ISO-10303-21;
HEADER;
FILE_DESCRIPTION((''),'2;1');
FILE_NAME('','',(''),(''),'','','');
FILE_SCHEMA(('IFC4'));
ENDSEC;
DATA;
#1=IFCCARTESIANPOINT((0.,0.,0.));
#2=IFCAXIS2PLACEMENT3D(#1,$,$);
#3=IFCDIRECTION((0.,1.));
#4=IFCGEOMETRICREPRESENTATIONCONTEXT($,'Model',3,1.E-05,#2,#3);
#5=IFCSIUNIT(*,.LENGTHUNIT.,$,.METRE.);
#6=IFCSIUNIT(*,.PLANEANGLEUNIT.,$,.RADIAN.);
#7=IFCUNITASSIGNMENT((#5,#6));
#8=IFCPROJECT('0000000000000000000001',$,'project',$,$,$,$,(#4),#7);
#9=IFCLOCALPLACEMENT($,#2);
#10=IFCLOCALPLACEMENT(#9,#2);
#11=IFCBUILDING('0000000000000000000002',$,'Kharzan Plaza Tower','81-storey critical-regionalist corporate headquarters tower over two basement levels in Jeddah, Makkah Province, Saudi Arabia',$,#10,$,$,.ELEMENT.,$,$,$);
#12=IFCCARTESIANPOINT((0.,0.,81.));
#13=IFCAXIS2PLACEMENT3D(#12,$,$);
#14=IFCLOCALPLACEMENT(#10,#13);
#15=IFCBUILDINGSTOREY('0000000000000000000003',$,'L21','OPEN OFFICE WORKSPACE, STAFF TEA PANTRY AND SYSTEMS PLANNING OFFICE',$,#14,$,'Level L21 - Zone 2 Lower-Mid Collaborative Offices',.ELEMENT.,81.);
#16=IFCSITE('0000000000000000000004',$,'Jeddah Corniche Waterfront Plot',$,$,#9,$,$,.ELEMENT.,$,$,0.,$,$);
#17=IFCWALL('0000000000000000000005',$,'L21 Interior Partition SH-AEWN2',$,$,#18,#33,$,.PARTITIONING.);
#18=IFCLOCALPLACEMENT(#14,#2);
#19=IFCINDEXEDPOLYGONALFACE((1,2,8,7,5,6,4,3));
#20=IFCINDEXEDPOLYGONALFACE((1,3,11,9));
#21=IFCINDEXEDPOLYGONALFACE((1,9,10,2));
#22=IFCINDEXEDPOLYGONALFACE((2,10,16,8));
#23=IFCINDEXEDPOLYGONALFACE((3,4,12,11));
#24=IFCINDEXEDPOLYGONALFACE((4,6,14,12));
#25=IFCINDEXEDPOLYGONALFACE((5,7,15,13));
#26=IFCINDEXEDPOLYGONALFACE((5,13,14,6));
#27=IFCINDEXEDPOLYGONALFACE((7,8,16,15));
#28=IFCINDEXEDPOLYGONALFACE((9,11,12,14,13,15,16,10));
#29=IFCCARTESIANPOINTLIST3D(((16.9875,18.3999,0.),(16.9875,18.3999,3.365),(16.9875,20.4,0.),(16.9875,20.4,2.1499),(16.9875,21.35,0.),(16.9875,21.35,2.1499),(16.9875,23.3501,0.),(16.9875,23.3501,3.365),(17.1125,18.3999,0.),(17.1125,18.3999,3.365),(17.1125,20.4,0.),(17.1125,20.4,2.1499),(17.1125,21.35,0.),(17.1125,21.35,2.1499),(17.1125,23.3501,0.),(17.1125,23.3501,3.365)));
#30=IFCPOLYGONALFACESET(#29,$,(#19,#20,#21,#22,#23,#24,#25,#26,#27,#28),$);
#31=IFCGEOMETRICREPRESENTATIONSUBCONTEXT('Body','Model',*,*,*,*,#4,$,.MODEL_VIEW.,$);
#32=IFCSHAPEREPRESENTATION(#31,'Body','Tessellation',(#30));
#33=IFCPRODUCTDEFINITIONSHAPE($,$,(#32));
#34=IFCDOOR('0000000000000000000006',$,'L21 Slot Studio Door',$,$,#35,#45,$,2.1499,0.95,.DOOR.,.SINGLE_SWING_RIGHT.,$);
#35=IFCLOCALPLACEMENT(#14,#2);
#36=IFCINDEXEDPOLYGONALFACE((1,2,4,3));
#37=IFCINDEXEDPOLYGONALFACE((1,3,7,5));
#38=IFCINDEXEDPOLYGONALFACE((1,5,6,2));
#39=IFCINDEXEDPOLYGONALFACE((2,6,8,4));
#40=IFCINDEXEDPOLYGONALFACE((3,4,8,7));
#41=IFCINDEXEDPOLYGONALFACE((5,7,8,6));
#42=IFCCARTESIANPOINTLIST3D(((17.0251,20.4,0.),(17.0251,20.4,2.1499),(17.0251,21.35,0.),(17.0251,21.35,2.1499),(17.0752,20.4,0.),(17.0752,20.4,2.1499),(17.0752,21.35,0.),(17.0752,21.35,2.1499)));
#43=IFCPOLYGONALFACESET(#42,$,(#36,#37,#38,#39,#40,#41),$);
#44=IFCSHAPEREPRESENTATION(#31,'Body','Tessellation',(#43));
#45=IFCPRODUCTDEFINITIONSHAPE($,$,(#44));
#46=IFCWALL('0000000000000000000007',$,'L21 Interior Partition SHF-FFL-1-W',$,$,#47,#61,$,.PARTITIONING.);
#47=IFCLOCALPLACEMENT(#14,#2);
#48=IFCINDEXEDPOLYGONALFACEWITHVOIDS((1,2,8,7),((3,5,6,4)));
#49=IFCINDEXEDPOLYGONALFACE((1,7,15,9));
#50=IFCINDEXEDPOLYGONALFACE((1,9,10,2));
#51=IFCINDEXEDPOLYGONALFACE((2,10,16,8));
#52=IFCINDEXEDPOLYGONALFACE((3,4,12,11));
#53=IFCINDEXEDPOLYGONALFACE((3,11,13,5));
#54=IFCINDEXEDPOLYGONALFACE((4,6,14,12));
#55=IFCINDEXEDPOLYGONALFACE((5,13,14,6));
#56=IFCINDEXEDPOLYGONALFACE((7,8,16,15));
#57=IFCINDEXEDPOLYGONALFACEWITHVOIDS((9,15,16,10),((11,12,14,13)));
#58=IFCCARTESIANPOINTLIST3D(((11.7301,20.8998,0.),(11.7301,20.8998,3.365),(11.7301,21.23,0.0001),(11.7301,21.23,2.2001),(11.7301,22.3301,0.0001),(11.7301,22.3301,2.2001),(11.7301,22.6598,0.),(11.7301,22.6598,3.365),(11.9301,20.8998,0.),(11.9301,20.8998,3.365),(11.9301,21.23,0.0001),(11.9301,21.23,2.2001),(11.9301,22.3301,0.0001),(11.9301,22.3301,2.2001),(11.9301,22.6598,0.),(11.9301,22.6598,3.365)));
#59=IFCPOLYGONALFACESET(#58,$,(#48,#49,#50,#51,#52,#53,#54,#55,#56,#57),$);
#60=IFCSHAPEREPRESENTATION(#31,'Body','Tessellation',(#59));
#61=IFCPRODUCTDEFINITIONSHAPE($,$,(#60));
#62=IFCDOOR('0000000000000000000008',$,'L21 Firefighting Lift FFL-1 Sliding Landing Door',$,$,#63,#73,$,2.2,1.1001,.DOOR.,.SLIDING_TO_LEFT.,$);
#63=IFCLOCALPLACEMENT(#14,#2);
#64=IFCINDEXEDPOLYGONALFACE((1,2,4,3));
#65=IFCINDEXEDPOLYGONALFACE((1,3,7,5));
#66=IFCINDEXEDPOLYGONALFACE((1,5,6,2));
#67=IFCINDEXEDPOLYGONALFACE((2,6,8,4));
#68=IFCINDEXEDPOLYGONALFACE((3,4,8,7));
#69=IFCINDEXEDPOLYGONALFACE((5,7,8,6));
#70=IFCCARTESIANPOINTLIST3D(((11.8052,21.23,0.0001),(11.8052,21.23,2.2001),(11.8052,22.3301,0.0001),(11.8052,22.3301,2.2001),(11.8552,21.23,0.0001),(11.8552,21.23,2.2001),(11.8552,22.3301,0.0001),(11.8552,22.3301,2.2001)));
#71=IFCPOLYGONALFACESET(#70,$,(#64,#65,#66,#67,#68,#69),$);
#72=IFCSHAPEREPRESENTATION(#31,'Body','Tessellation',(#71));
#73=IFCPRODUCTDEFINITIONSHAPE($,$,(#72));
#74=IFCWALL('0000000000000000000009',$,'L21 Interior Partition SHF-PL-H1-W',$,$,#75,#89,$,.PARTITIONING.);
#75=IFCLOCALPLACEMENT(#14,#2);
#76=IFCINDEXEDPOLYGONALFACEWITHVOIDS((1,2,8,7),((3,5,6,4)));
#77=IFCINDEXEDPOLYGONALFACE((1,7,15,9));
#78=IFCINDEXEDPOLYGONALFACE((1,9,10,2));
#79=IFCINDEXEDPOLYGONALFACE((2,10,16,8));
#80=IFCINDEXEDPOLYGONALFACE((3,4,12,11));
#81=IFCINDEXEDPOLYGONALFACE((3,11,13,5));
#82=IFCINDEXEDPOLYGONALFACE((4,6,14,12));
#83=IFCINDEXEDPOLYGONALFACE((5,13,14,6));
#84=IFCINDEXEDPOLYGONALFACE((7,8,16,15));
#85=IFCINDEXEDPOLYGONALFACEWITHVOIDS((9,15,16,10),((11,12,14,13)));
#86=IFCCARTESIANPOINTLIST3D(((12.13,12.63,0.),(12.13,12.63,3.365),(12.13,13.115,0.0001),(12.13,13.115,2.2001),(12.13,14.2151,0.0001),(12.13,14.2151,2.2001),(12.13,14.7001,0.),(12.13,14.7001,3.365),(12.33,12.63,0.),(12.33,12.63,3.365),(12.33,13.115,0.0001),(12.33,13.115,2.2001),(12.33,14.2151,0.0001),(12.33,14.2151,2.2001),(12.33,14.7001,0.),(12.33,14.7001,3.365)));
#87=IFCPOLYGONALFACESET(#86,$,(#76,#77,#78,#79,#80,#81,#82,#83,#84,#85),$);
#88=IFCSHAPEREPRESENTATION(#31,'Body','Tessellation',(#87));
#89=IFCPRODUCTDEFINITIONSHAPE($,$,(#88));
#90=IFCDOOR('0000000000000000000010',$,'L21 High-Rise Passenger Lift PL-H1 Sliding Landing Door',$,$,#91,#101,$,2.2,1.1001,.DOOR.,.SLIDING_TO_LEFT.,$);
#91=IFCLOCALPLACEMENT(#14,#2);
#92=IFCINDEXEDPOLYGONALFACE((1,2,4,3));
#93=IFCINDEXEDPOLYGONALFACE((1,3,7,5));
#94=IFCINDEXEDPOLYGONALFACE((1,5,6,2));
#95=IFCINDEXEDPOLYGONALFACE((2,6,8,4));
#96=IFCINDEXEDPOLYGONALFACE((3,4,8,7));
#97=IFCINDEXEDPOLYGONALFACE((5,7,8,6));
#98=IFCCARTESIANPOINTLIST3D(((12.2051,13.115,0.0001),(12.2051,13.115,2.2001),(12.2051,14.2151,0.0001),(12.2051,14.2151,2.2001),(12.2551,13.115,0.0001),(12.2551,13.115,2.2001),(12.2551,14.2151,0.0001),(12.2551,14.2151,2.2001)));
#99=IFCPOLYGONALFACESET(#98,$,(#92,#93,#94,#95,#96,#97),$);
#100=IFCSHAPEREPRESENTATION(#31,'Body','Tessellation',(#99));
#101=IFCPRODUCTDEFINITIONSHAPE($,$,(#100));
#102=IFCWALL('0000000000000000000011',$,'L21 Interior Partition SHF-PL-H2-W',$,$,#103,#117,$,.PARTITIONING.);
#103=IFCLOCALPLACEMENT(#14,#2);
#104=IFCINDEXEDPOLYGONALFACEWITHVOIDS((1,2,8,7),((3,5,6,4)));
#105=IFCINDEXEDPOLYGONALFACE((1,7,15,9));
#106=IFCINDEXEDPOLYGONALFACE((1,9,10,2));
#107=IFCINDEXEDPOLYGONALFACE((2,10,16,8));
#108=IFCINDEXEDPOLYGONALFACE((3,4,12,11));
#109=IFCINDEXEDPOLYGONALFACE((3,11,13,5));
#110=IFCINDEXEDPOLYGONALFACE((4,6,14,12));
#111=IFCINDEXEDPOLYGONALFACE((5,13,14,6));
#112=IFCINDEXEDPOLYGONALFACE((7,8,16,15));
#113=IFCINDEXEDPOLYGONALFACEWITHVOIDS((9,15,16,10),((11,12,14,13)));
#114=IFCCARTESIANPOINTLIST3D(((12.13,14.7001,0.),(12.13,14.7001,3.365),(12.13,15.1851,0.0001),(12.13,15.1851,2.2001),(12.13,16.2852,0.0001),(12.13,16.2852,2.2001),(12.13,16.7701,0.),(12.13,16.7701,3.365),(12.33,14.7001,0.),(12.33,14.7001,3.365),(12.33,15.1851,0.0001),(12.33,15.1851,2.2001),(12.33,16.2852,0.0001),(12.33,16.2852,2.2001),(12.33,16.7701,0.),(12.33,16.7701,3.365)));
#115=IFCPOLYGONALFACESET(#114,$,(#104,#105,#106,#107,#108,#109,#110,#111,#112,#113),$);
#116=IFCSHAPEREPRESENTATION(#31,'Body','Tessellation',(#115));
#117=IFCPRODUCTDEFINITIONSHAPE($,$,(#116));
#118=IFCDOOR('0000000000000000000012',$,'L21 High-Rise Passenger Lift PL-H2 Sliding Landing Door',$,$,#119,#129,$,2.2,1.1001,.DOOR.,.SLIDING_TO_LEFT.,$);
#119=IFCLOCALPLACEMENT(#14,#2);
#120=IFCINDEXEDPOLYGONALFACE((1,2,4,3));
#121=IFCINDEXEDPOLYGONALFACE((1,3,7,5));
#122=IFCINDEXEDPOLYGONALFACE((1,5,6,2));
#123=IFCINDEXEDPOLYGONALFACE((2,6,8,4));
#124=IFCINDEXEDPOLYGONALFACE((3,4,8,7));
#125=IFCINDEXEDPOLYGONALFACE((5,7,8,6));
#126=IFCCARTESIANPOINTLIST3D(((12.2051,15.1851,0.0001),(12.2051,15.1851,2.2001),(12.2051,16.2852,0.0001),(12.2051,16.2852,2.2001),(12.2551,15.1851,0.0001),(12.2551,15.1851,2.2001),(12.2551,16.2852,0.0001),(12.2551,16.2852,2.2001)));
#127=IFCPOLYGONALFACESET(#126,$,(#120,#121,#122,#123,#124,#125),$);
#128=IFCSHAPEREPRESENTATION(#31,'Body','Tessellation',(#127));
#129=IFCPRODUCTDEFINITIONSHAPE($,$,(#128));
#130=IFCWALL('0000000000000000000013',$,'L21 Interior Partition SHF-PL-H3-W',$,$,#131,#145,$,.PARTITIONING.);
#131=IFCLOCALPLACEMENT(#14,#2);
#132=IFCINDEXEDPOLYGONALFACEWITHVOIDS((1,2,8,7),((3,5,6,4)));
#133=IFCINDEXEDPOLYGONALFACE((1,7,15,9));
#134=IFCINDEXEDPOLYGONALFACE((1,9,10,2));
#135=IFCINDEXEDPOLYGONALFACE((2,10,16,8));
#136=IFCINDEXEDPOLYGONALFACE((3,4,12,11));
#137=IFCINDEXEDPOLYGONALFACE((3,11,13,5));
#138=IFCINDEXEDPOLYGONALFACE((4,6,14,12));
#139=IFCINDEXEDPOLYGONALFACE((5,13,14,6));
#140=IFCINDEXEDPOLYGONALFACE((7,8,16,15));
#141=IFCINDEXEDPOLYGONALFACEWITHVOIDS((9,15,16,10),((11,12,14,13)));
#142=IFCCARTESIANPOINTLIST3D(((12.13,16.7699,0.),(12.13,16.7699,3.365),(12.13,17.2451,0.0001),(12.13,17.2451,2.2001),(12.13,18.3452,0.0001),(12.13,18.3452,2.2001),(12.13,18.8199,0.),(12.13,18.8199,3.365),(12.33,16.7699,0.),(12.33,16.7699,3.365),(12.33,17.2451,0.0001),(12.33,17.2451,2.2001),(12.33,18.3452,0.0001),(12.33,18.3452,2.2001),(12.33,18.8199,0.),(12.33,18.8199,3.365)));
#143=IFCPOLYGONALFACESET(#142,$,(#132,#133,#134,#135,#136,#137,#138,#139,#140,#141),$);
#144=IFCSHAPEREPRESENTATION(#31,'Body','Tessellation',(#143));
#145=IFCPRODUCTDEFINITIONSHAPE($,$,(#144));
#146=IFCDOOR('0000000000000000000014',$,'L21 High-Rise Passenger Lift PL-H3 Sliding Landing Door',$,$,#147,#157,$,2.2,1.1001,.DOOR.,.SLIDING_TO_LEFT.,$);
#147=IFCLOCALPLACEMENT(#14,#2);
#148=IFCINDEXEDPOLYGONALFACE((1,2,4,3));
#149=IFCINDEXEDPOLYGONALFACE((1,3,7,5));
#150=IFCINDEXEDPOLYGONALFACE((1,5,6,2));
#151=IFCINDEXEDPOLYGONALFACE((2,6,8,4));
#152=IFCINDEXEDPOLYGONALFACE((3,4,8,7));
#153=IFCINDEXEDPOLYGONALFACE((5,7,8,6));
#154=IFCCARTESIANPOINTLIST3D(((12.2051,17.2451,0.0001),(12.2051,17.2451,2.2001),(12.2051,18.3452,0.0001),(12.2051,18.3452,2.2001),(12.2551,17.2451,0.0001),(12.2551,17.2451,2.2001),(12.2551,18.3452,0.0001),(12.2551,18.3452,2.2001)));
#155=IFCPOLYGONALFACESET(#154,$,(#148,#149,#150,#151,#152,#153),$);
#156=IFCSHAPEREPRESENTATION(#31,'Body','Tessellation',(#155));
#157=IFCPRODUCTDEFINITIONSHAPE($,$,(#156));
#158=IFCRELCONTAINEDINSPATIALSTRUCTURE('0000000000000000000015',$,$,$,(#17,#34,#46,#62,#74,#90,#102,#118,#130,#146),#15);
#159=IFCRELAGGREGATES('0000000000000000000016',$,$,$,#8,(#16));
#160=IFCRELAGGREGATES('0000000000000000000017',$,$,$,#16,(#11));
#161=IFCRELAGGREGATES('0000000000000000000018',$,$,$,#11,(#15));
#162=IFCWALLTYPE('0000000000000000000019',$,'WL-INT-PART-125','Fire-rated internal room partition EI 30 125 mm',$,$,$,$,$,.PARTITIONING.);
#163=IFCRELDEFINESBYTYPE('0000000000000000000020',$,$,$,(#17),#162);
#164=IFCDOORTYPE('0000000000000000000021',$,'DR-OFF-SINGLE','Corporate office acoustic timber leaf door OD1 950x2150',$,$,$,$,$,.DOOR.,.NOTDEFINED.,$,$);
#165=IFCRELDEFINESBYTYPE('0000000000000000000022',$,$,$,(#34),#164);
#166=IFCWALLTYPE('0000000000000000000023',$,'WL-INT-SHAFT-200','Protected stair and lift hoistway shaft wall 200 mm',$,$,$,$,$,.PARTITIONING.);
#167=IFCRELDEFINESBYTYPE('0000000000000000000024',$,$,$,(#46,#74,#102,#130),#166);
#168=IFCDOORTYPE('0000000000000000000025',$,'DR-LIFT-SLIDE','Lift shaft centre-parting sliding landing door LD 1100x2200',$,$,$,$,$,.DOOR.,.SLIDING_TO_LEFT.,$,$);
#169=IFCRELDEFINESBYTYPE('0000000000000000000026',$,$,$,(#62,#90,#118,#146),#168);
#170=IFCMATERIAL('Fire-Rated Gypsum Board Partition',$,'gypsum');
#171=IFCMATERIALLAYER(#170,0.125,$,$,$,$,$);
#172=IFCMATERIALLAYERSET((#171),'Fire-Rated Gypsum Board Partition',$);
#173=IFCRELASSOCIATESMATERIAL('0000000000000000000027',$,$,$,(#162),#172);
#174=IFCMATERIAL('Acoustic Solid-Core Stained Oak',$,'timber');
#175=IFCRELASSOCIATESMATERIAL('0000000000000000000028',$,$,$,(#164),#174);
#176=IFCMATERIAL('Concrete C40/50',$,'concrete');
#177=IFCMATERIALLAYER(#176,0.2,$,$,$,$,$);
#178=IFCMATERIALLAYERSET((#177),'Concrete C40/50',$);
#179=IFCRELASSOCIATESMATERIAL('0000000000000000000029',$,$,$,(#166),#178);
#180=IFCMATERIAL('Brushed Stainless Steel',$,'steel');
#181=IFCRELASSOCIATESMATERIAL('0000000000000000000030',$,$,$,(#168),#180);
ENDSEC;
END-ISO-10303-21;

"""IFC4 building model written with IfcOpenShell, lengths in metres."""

from ifc_helpers import new_model, si_unit, direction, frame, frame_2d, origin, place, context, subcontext, project, spatial, rectangle, extrude, source, transform, mapped, material, layer, layer_set, type_object, element, fill, save


model = new_model("IFC4")

# Units and contexts
model_context = context("Model", 3, precision=1e-05, world=origin(), true_north=direction((0.0, 1.0)))
body_context = subcontext(model_context, "Body", "Model", "MODEL_VIEW")
ifc_project = project(units=[si_unit("LENGTHUNIT", "METRE"), si_unit("PLANEANGLEUNIT", "RADIAN")], contexts=[model_context])

# Site, building, storey
site_placement = place(None, origin())
site = spatial("IfcSite", under=ifc_project, at=site_placement, Name="Jeddah Corniche Waterfront Plot", CompositionType="ELEMENT", RefElevation=0.0)
building_placement = place(site_placement, origin())
building = spatial("IfcBuilding", under=site, at=building_placement, Name="Kharzan Plaza Tower", Description="81-storey critical-regionalist corporate headquarters tower over two basement levels in Jeddah, Makkah Province, Saudi Arabia", CompositionType="ELEMENT")
storey_placement = place(building_placement, frame((0.0, 0.0, 81.0)))
storey = spatial("IfcBuildingStorey", under=building, at=storey_placement, Name="L21", Description="OPEN OFFICE WORKSPACE, STAFF TEA PANTRY AND SYSTEMS PLANNING OFFICE", LongName="Level L21 - Zone 2 Lower-Mid Collaborative Offices", CompositionType="ELEMENT", Elevation=81.0)

# Walls, openings, doors
ifc_material_1 = material(Name="Fire-Rated Gypsum Board Partition", Category="gypsum")
ifc_layer_1 = layer(ifc_material_1, 0.125)
ifc_layer_set_1 = layer_set([ifc_layer_1], Name="Fire-Rated Gypsum Board Partition")
wall_type_1 = type_object("IfcWallType", Name="WL-INT-PART-125", Description="Fire-rated internal room partition EI 30 125 mm", PredefinedType="PARTITIONING", material=ifc_layer_set_1)
ifc_material_2 = material(Name="Acoustic Solid-Core Stained Oak", Category="timber")
door_type_1 = type_object("IfcDoorType", Name="DR-OFF-SINGLE", Description="Corporate office acoustic timber leaf door OD1 950x2150", OperationType="NOTDEFINED", PredefinedType="DOOR", material=ifc_material_2)
shared_shape_1 = source(origin(), body_context, "Body", "SweptSolid", [
    extrude(rectangle(XDim=0.95, YDim=2.1499, at=frame_2d((0.4751, 1.075))), frame((0.0, 0.0249, 0.0), z_axis=(0.0, -1.0, 0.0), x_axis=(1.0, 0.0, 0.0)), (0.0, 0.0, 1.0), 0.05),
])
wall_1_placement = place(storey_placement, frame((17.05, 18.3999, 0.0), z_axis=(0.0, 0.0, 1.0), x_axis=(0.0, 1.0, 0.0)))
wall_1 = element("IfcWall", 1, at=wall_1_placement, inside=storey, type_object=wall_type_1, Name="L21 Interior Partition SH-AEWN2", PredefinedType="PARTITIONING", context=body_context, shape_type="SweptSolid", body=[
    extrude(rectangle(XDim=4.9502, YDim=0.125, at=frame_2d((2.4751, 0.0))), origin(), (0.0, 0.0, 1.0), 3.365),
])
opening_1_placement = place(wall_1_placement, frame((2.0, 0.0, 0.0)))
opening_1 = element("IfcOpeningElement", 2, at=opening_1_placement, cuts=wall_1, PredefinedType="OPENING", context=body_context, shape_type="SweptSolid", body=[
    extrude(rectangle(XDim=0.95, YDim=2.1499, at=frame_2d((0.4751, 1.075))), frame((0.0, 0.0725, 0.0), z_axis=(0.0, -1.0, 0.0), x_axis=(1.0, 0.0, 0.0)), (0.0, 0.0, 1.0), 0.145),
])
door_1_placement = place(opening_1_placement, origin())
door_1 = element("IfcDoor", 3, at=door_1_placement, inside=storey, type_object=door_type_1, Name="L21 Slot Studio Door", OperationType="SINGLE_SWING_RIGHT", OverallHeight=2.1499, OverallWidth=0.95, PredefinedType="DOOR", context=body_context, shape_type="MappedRepresentation", body=[
    mapped(shared_shape_1, transform((0.0, 0.0, 0.0), x_axis=(1.0, 0.0, 0.0), y_axis=(0.0, 1.0, 0.0), z_axis=(0.0, 0.0, 1.0))),
])
fill(opening_1, door_1)
ifc_material_3 = material(Name="Concrete C40/50", Category="concrete")
ifc_layer_2 = layer(ifc_material_3, 0.2)
ifc_layer_set_2 = layer_set([ifc_layer_2], Name="Concrete C40/50")
wall_type_2 = type_object("IfcWallType", Name="WL-INT-SHAFT-200", Description="Protected stair and lift hoistway shaft wall 200 mm", PredefinedType="PARTITIONING", material=ifc_layer_set_2)
wall_2_placement = place(storey_placement, frame((11.8301, 20.8999, 0.0), z_axis=(0.0, 0.0, 1.0), x_axis=(0.0, 1.0, 0.0)))
wall_2 = element("IfcWall", 4, at=wall_2_placement, inside=storey, type_object=wall_type_2, Name="L21 Interior Partition SHF-FFL-1-W", PredefinedType="PARTITIONING", context=body_context, shape_type="SweptSolid", body=[
    extrude(rectangle(XDim=1.76, YDim=0.2, at=frame_2d((0.8799, 0.0))), origin(), (0.0, 0.0, 1.0), 3.365),
])
opening_2_placement = place(wall_2_placement, frame((0.3301, 0.0, 0.0)))
opening_2 = element("IfcOpeningElement", 5, at=opening_2_placement, cuts=wall_2, PredefinedType="OPENING", context=body_context, shape_type="SweptSolid", body=[
    extrude(rectangle(XDim=1.1001, YDim=2.2, at=frame_2d((0.55, 1.1001))), frame((0.0, 0.1099, 0.0), z_axis=(0.0, -1.0, 0.0), x_axis=(1.0, 0.0, 0.0)), (0.0, 0.0, 1.0), 0.22),
])
ifc_material_4 = material(Name="Brushed Stainless Steel", Category="steel")
door_type_2 = type_object("IfcDoorType", Name="DR-LIFT-SLIDE", Description="Lift shaft centre-parting sliding landing door LD 1100x2200", OperationType="SLIDING_TO_LEFT", PredefinedType="DOOR", material=ifc_material_4)
shared_shape_2 = source(origin(), body_context, "Body", "SweptSolid", [
    extrude(rectangle(XDim=1.1001, YDim=2.2, at=frame_2d((0.55, 1.1001))), frame((0.0, 0.0249, 0.0), z_axis=(0.0, -1.0, 0.0), x_axis=(1.0, 0.0, 0.0)), (0.0, 0.0, 1.0), 0.05),
])
door_2_placement = place(opening_2_placement, origin())
door_2 = element("IfcDoor", 6, at=door_2_placement, inside=storey, type_object=door_type_2, Name="L21 Firefighting Lift FFL-1 Sliding Landing Door", OperationType="SLIDING_TO_LEFT", OverallHeight=2.2, OverallWidth=1.1001, PredefinedType="DOOR", context=body_context, shape_type="MappedRepresentation", body=[
    mapped(shared_shape_2, transform((0.0, 0.0, 0.0), x_axis=(1.0, 0.0, 0.0), y_axis=(0.0, 1.0, 0.0), z_axis=(0.0, 0.0, 1.0))),
])
fill(opening_2, door_2)
wall_3_placement = place(storey_placement, frame((12.23, 12.6299, 0.0), z_axis=(0.0, 0.0, 1.0), x_axis=(0.0, 1.0, 0.0)))
wall_3 = element("IfcWall", 7, at=wall_3_placement, inside=storey, type_object=wall_type_2, Name="L21 Interior Partition SHF-PL-H1-W", PredefinedType="PARTITIONING", context=body_context, shape_type="SweptSolid", body=[
    extrude(rectangle(XDim=2.0701, YDim=0.2, at=frame_2d((1.0352, 0.0))), origin(), (0.0, 0.0, 1.0), 3.365),
])
opening_3_placement = place(wall_3_placement, frame((0.4851, 0.0, 0.0)))
opening_3 = element("IfcOpeningElement", 8, at=opening_3_placement, cuts=wall_3, PredefinedType="OPENING", context=body_context, shape_type="SweptSolid", body=[
    extrude(rectangle(XDim=1.1001, YDim=2.2, at=frame_2d((0.55, 1.1001))), frame((0.0, 0.1099, 0.0), z_axis=(0.0, -1.0, 0.0), x_axis=(1.0, 0.0, 0.0)), (0.0, 0.0, 1.0), 0.22),
])
door_3_placement = place(opening_3_placement, origin())
door_3 = element("IfcDoor", 9, at=door_3_placement, inside=storey, type_object=door_type_2, Name="L21 High-Rise Passenger Lift PL-H1 Sliding Landing Door", OperationType="SLIDING_TO_LEFT", OverallHeight=2.2, OverallWidth=1.1001, PredefinedType="DOOR", context=body_context, shape_type="MappedRepresentation", body=[
    mapped(shared_shape_2, transform((0.0, 0.0, 0.0), x_axis=(1.0, 0.0, 0.0), y_axis=(0.0, 1.0, 0.0), z_axis=(0.0, 0.0, 1.0))),
])
fill(opening_3, door_3)
wall_4_placement = place(storey_placement, frame((12.23, 14.7, 0.0), z_axis=(0.0, 0.0, 1.0), x_axis=(0.0, 1.0, 0.0)))
wall_4 = element("IfcWall", 10, at=wall_4_placement, inside=storey, type_object=wall_type_2, Name="L21 Interior Partition SHF-PL-H2-W", PredefinedType="PARTITIONING", context=body_context, shape_type="SweptSolid", body=[
    extrude(rectangle(XDim=2.0701, YDim=0.2, at=frame_2d((1.0352, 0.0))), origin(), (0.0, 0.0, 1.0), 3.365),
])
opening_4_placement = place(wall_4_placement, frame((0.4851, 0.0, 0.0)))
opening_4 = element("IfcOpeningElement", 11, at=opening_4_placement, cuts=wall_4, PredefinedType="OPENING", context=body_context, shape_type="SweptSolid", body=[
    extrude(rectangle(XDim=1.1001, YDim=2.2, at=frame_2d((0.55, 1.1001))), frame((0.0, 0.1099, 0.0), z_axis=(0.0, -1.0, 0.0), x_axis=(1.0, 0.0, 0.0)), (0.0, 0.0, 1.0), 0.22),
])
door_4_placement = place(opening_4_placement, origin())
door_4 = element("IfcDoor", 12, at=door_4_placement, inside=storey, type_object=door_type_2, Name="L21 High-Rise Passenger Lift PL-H2 Sliding Landing Door", OperationType="SLIDING_TO_LEFT", OverallHeight=2.2, OverallWidth=1.1001, PredefinedType="DOOR", context=body_context, shape_type="MappedRepresentation", body=[
    mapped(shared_shape_2, transform((0.0, 0.0, 0.0), x_axis=(1.0, 0.0, 0.0), y_axis=(0.0, 1.0, 0.0), z_axis=(0.0, 0.0, 1.0))),
])
fill(opening_4, door_4)
wall_5_placement = place(storey_placement, frame((12.23, 16.77, 0.0), z_axis=(0.0, 0.0, 1.0), x_axis=(0.0, 1.0, 0.0)))
wall_5 = element("IfcWall", 13, at=wall_5_placement, inside=storey, type_object=wall_type_2, Name="L21 Interior Partition SHF-PL-H3-W", PredefinedType="PARTITIONING", context=body_context, shape_type="SweptSolid", body=[
    extrude(rectangle(XDim=2.05, YDim=0.2, at=frame_2d((1.0249, 0.0))), origin(), (0.0, 0.0, 1.0), 3.365),
])
opening_5_placement = place(wall_5_placement, frame((0.4751, 0.0, 0.0)))
opening_5 = element("IfcOpeningElement", 14, at=opening_5_placement, cuts=wall_5, PredefinedType="OPENING", context=body_context, shape_type="SweptSolid", body=[
    extrude(rectangle(XDim=1.1001, YDim=2.2, at=frame_2d((0.55, 1.1001))), frame((0.0, 0.1099, 0.0), z_axis=(0.0, -1.0, 0.0), x_axis=(1.0, 0.0, 0.0)), (0.0, 0.0, 1.0), 0.22),
])
door_5_placement = place(opening_5_placement, origin())
door_5 = element("IfcDoor", 15, at=door_5_placement, inside=storey, type_object=door_type_2, Name="L21 High-Rise Passenger Lift PL-H3 Sliding Landing Door", OperationType="SLIDING_TO_LEFT", OverallHeight=2.2, OverallWidth=1.1001, PredefinedType="DOOR", context=body_context, shape_type="MappedRepresentation", body=[
    mapped(shared_shape_2, transform((0.0, 0.0, 0.0), x_axis=(1.0, 0.0, 0.0), y_axis=(0.0, 1.0, 0.0), z_axis=(0.0, 0.0, 1.0))),
])
fill(opening_5, door_5)

save(model, "model.ifc")
